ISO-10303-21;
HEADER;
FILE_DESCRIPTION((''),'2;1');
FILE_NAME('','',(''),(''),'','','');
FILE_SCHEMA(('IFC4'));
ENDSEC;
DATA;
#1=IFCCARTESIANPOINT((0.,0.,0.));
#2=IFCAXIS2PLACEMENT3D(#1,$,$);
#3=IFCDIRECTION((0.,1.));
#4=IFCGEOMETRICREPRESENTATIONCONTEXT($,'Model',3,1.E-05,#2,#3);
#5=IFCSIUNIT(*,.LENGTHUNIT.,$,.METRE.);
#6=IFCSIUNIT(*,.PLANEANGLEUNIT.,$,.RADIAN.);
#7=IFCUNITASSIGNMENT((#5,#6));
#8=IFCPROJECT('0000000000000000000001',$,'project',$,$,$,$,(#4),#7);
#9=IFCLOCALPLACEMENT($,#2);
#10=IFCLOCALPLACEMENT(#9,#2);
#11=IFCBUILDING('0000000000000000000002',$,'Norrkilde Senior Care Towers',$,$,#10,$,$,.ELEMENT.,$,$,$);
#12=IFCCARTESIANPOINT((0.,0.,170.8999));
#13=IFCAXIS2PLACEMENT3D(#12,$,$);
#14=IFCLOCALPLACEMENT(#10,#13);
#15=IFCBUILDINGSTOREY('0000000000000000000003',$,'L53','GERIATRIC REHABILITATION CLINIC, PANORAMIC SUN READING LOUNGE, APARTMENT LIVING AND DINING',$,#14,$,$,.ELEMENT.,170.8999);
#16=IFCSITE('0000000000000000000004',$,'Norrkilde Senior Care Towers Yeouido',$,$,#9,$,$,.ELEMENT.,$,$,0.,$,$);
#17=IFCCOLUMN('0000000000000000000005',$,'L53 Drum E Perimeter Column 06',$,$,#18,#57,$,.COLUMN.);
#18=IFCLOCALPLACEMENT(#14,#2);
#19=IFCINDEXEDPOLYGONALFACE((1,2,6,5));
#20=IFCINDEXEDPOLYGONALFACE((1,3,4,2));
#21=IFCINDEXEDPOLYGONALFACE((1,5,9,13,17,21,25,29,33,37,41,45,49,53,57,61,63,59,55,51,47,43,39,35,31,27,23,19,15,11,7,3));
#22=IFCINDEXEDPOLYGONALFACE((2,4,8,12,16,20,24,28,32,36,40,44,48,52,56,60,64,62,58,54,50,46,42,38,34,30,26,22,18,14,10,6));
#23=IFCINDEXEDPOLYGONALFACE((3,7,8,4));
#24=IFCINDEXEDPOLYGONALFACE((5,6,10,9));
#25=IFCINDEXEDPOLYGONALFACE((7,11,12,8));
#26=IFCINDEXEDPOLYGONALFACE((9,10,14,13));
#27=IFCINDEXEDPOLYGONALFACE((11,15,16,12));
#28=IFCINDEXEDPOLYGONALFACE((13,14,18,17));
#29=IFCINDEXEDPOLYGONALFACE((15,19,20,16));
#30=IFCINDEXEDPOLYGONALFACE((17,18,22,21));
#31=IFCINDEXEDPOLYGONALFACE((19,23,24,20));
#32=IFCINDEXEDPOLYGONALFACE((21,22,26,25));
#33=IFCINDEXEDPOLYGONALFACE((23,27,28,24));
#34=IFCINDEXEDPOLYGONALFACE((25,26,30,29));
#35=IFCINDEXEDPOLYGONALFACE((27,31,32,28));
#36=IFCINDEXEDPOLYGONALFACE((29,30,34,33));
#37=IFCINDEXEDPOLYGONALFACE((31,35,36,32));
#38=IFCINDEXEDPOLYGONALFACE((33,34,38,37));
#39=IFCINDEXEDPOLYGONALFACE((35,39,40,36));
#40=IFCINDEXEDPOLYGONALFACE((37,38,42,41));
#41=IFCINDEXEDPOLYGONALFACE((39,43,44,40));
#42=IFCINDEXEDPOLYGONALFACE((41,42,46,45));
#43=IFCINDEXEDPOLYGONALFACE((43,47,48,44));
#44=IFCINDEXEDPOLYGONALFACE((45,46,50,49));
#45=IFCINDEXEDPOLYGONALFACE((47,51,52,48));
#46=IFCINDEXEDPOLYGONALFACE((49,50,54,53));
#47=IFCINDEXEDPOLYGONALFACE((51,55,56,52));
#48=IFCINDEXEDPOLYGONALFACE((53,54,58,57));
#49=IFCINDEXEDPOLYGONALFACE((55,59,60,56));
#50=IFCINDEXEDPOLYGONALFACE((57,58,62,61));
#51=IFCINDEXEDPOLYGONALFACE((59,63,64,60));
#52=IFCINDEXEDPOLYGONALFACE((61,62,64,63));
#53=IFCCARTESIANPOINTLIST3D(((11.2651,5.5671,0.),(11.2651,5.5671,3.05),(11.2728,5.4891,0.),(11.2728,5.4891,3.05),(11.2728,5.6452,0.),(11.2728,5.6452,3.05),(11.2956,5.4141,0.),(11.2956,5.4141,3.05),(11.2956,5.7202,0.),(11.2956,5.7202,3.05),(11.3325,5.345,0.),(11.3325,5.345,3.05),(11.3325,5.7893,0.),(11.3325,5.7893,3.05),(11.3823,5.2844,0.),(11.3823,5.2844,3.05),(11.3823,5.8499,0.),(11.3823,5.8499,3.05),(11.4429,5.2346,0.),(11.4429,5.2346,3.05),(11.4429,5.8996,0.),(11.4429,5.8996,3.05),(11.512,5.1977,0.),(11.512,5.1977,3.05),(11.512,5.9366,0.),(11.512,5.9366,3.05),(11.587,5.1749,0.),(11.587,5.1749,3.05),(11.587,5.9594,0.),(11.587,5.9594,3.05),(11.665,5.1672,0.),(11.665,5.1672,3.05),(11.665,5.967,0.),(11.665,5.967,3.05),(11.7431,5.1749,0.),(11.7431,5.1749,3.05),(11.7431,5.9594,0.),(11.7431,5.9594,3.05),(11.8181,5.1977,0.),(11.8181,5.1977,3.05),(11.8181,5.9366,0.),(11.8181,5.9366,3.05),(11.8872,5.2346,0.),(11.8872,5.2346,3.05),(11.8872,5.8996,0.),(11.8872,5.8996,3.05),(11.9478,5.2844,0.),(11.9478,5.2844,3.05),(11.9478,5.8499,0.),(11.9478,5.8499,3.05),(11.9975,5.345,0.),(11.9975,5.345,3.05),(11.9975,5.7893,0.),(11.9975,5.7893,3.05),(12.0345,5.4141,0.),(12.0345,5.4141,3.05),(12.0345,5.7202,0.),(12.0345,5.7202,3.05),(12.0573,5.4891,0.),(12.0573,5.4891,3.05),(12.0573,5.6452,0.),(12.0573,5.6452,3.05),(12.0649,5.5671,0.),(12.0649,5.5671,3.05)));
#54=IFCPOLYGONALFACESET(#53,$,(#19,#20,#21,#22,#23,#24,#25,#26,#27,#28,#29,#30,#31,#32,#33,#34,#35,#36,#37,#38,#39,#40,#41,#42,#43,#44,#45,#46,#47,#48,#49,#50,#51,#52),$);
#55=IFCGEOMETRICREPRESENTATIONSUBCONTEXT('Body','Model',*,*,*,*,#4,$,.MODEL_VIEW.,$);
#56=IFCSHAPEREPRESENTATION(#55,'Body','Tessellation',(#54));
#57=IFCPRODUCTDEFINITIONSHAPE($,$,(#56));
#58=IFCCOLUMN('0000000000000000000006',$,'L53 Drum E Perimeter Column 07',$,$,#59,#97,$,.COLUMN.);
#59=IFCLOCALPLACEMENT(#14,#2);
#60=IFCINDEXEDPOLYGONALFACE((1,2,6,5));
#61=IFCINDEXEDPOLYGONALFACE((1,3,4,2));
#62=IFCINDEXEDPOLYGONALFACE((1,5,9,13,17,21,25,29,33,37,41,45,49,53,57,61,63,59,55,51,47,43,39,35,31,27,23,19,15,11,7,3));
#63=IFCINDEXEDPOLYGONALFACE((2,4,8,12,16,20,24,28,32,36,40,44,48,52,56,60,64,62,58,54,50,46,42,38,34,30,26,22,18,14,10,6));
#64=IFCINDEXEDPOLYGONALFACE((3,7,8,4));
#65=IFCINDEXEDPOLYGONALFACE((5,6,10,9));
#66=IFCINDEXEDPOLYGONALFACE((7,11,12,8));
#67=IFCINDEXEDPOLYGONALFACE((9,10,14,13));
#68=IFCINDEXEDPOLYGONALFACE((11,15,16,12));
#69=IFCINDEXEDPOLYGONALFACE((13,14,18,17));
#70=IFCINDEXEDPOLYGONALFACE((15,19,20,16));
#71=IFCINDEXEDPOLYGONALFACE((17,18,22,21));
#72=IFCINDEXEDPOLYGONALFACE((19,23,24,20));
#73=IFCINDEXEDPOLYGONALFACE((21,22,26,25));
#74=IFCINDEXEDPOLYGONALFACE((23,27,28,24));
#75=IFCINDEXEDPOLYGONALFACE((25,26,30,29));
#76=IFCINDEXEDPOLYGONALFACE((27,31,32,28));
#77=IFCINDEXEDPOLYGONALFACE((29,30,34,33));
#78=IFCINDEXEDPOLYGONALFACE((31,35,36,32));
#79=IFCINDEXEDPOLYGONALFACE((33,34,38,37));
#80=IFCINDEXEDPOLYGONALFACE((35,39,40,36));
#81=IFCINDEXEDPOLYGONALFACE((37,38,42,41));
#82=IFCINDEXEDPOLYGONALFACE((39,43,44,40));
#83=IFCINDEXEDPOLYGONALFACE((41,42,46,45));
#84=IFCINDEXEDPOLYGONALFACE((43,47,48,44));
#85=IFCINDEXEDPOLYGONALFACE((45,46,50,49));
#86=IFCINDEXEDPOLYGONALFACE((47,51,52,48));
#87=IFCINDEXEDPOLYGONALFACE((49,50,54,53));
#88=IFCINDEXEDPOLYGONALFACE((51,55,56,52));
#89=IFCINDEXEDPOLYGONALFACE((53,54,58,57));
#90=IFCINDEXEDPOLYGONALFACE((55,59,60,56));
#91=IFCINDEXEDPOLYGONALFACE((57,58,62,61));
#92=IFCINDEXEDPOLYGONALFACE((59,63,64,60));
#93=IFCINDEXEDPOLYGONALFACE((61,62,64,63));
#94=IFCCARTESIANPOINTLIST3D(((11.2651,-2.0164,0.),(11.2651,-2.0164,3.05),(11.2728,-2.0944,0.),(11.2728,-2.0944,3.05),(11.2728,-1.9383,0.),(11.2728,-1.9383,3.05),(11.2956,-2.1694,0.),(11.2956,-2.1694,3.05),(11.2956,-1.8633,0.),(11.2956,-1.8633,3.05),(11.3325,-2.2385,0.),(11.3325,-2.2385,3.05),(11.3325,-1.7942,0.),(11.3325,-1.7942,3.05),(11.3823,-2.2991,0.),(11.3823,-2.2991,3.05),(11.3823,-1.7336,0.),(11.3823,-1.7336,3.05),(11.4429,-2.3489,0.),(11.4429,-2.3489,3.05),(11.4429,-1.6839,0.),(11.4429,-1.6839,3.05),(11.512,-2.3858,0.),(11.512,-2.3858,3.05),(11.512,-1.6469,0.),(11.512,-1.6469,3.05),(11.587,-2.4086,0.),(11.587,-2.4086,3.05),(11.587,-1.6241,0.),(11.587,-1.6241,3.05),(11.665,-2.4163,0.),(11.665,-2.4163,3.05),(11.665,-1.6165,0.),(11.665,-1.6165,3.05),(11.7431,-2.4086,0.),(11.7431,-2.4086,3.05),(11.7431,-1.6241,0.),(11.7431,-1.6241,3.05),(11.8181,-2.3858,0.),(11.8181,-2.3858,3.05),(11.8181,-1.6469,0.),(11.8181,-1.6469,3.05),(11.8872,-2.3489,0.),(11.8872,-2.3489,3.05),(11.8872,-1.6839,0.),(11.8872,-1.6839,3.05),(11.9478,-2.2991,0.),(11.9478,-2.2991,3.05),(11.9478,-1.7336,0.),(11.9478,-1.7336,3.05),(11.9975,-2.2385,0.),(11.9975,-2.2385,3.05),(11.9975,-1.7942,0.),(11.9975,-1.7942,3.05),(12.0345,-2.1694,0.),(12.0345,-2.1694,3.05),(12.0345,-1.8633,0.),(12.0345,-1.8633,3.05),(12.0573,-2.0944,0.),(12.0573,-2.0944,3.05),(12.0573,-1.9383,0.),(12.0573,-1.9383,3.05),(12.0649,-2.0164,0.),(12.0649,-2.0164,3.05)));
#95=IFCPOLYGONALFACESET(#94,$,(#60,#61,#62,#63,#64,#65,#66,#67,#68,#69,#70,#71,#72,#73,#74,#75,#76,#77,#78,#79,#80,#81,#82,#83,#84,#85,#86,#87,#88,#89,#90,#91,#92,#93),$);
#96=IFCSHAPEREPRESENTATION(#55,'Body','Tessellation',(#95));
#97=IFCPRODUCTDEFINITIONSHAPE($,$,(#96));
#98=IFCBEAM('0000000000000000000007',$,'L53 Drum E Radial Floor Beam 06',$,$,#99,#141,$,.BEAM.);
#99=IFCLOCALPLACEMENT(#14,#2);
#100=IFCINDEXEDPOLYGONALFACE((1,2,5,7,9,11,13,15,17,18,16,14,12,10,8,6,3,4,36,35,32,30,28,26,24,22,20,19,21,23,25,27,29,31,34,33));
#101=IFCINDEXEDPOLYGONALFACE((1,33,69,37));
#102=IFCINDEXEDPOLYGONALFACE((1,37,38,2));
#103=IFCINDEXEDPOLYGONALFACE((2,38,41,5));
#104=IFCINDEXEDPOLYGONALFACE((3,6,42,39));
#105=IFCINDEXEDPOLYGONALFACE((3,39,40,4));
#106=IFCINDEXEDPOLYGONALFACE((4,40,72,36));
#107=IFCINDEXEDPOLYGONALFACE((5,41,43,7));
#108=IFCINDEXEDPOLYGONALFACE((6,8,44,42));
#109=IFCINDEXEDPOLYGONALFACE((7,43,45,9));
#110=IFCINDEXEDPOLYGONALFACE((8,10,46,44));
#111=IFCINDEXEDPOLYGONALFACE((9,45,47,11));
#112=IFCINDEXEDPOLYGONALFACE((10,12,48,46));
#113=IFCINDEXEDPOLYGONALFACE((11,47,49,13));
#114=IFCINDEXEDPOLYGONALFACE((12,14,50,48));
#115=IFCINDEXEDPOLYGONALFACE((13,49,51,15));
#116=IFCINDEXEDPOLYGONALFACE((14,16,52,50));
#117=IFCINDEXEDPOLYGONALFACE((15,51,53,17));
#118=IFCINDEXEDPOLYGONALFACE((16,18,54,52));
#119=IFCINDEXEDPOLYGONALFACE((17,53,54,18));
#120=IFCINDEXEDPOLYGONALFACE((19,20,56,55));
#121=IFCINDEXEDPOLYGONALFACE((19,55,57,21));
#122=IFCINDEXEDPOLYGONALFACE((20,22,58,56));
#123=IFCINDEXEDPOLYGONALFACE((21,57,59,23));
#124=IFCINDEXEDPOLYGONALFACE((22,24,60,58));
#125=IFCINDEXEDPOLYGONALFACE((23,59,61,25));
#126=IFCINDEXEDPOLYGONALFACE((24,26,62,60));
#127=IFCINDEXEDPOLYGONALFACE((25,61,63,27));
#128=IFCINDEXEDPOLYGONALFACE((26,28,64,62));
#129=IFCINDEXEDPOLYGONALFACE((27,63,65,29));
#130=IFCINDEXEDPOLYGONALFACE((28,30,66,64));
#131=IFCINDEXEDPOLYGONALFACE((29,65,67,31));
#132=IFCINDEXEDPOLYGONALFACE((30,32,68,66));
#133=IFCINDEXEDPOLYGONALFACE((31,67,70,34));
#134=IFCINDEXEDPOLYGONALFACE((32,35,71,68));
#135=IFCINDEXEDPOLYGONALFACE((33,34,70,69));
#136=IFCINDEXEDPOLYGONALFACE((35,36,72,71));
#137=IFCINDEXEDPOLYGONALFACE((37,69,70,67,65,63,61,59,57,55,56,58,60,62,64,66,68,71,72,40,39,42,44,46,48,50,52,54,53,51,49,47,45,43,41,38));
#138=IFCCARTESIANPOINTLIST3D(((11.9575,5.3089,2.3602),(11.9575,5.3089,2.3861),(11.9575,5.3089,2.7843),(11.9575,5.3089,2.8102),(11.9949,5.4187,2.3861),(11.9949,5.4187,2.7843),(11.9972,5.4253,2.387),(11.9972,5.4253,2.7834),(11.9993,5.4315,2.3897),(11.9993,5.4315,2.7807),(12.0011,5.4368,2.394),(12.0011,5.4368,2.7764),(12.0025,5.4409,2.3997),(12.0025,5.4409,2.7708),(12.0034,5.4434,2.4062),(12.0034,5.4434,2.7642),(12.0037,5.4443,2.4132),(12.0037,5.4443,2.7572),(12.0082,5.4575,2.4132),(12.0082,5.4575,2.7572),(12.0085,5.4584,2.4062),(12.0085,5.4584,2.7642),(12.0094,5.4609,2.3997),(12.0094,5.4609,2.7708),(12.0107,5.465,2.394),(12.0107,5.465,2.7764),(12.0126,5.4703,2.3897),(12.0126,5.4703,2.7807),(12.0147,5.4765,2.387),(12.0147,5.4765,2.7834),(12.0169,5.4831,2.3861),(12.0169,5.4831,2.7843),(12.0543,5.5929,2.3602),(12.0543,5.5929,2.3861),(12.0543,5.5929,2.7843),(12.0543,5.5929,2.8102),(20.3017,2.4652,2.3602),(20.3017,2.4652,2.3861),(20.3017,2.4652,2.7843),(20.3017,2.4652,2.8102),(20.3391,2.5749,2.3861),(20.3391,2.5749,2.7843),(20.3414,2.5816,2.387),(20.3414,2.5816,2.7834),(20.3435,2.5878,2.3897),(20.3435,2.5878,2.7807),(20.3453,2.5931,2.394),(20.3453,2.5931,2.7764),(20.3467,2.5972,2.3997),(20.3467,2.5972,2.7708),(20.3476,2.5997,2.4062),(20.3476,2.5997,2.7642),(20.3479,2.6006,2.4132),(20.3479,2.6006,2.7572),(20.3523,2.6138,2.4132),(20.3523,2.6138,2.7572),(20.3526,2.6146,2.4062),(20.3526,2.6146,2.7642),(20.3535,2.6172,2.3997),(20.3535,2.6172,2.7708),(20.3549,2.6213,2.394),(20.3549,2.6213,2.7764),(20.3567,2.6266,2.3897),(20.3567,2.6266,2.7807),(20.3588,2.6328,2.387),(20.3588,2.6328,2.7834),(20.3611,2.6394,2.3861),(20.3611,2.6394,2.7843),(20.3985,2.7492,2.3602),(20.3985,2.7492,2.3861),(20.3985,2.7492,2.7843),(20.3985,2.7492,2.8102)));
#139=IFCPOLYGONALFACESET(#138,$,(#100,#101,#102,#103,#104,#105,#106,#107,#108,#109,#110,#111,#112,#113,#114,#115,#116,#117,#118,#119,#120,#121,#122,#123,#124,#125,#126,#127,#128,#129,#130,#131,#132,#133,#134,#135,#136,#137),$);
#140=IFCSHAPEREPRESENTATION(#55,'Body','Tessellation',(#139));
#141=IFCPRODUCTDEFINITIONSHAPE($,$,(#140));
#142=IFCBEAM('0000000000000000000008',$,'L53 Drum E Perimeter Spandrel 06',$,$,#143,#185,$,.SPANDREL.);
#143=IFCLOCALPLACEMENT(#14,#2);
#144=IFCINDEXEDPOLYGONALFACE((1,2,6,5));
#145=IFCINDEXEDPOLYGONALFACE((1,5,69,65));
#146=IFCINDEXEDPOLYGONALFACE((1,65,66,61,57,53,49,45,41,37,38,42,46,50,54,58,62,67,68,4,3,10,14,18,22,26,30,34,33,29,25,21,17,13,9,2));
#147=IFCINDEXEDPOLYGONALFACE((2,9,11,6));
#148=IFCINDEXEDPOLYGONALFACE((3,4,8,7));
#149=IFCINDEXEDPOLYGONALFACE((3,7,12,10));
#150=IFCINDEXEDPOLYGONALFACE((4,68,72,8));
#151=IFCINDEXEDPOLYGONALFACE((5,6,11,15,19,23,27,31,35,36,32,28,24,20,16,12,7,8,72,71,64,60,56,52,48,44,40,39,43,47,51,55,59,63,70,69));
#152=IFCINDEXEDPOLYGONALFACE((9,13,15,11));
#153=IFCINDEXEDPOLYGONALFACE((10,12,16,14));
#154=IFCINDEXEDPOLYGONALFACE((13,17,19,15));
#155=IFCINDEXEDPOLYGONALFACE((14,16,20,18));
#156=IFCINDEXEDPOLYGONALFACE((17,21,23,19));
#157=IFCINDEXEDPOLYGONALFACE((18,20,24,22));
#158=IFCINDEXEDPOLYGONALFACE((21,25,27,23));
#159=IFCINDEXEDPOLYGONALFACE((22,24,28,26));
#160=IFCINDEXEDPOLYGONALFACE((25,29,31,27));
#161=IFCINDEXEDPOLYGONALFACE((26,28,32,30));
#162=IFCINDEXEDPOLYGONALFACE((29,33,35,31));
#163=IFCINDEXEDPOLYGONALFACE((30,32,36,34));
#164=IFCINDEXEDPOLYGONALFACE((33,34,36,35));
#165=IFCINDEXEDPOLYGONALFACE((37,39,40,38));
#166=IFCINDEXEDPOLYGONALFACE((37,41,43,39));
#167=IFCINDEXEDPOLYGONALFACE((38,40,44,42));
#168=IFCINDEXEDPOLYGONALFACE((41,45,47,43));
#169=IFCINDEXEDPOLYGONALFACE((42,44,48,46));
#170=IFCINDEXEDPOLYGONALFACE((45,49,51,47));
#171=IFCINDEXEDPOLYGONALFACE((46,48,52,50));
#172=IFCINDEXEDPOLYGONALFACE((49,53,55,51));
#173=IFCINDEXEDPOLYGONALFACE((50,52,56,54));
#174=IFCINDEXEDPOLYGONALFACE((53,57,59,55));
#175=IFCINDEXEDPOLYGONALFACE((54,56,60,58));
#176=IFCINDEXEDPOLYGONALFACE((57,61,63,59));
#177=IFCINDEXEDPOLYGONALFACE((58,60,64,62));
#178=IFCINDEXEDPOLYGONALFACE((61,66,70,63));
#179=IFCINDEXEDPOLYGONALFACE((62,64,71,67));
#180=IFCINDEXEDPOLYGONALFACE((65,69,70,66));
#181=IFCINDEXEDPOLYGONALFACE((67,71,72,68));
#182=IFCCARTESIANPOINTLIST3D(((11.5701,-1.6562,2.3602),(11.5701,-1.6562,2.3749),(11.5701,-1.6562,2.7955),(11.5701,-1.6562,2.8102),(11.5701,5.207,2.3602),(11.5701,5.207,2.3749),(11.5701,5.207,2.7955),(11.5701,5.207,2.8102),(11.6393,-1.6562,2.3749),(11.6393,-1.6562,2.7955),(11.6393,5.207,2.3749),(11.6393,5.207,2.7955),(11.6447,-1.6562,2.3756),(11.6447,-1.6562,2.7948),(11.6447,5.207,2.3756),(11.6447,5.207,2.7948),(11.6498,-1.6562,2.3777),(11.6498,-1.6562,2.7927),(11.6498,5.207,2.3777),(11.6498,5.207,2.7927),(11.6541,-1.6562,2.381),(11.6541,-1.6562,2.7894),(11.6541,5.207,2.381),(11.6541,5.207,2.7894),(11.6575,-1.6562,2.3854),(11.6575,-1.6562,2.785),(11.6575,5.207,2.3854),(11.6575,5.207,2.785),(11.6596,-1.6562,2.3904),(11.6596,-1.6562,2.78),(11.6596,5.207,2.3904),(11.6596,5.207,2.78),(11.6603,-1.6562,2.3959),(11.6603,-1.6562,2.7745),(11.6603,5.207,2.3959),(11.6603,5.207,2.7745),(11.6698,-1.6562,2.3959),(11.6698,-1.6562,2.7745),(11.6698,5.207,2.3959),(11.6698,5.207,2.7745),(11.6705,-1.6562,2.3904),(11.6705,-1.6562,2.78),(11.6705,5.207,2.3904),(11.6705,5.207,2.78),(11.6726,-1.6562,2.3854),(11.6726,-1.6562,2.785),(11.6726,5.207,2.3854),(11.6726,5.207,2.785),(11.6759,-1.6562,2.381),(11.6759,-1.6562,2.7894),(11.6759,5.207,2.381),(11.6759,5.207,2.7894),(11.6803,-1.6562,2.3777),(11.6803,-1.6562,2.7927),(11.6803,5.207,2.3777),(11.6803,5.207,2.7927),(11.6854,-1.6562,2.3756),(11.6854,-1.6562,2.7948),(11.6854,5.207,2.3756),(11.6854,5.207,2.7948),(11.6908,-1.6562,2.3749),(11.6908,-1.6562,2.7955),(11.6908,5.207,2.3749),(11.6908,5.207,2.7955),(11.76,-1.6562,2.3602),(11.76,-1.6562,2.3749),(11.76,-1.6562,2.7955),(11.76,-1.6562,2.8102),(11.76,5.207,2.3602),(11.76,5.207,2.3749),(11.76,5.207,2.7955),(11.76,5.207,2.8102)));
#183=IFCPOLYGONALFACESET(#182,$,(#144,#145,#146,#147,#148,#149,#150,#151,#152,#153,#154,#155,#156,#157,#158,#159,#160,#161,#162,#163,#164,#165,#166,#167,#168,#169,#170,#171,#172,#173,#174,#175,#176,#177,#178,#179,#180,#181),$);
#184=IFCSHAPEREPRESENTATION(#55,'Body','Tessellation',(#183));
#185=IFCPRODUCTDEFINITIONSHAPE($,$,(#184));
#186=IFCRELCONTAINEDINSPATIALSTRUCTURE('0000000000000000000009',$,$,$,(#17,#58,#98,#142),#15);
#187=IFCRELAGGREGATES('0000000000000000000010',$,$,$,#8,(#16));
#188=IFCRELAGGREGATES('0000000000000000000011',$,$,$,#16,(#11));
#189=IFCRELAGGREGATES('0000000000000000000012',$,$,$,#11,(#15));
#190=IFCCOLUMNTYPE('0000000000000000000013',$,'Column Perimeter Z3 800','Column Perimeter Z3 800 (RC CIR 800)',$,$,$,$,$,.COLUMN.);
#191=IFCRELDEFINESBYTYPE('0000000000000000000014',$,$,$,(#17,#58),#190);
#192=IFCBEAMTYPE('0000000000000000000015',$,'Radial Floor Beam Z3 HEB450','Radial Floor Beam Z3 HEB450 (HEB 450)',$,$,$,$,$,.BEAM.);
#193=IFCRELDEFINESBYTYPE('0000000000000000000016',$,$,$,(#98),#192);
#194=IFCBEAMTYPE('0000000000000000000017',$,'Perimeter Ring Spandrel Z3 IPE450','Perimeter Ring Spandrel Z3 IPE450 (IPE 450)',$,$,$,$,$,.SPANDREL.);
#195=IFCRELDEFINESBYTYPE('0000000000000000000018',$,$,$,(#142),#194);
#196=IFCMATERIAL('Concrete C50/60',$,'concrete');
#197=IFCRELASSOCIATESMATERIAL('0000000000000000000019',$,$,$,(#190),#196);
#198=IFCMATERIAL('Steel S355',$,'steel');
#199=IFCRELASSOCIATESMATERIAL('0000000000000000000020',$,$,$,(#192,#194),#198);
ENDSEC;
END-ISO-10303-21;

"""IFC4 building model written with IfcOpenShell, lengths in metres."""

from ifc_helpers import new_model, si_unit, direction, frame, origin, origin_2d, place, context, subcontext, project, spatial, circle, i_section, extrude, source, transform, mapped, material, material_profile, profile_set, type_object, type_shapes, element, save


model = new_model("IFC4")

# Units and contexts
model_context = context("Model", 3, precision=1e-05, world=origin(), true_north=direction((0.0, 1.0)))
body_context = subcontext(model_context, "Body", "Model", "MODEL_VIEW")
ifc_project = project(units=[si_unit("LENGTHUNIT", "METRE"), si_unit("PLANEANGLEUNIT", "RADIAN")], contexts=[model_context])

# Site, building, storey
site_placement = place(None, origin())
site = spatial("IfcSite", under=ifc_project, at=site_placement, Name="Norrkilde Senior Care Towers Yeouido", CompositionType="ELEMENT", RefElevation=0.0)
building_placement = place(site_placement, origin())
building = spatial("IfcBuilding", under=site, at=building_placement, Name="Norrkilde Senior Care Towers", CompositionType="ELEMENT")
storey_placement = place(building_placement, frame((0.0, 0.0, 170.8999)))
storey = spatial("IfcBuildingStorey", under=building, at=storey_placement, Name="L53", Description="GERIATRIC REHABILITATION CLINIC, PANORAMIC SUN READING LOUNGE, APARTMENT LIVING AND DINING", CompositionType="ELEMENT", Elevation=170.8999)

# Columns
ifc_material_1 = material(Name="Concrete C50/60", Category="concrete")
ifc_material_profile_1 = material_profile(ifc_material_1, circle(Radius=0.3999, at=origin_2d()), Name="RC CIR 800")
ifc_profile_set_1 = profile_set([ifc_material_profile_1], Name="Concrete C50/60")
column_type = type_object("IfcColumnType", Name="Column Perimeter Z3 800", Description="Column Perimeter Z3 800 (RC CIR 800)", PredefinedType="COLUMN", material=ifc_profile_set_1)
shared_shape_1 = source(origin(), body_context, "Body", "SweptSolid", [
    extrude(circle(Radius=0.3999, at=origin_2d()), origin(), (0.0, 0.0, 1.0), 3.05),
])
type_shapes(column_type, [shared_shape_1])
for number, where, z_axis, x_axis, name in (
    (1, (11.665, 5.5671, 0.0), (0.0, 0.0, 1.0), (1.0, 0.0, 0.0), "L53 Drum E Perimeter Column 06"),
    (2, (11.665, -2.0164, 0.0), (0.0, 0.0, 1.0), (1.0, 0.0, 0.0), "L53 Drum E Perimeter Column 07"),
):
    element("IfcColumn", number, at=place(storey_placement, frame(where, z_axis=z_axis, x_axis=x_axis)), inside=storey, type_object=column_type, Name=name, PredefinedType="COLUMN", context=body_context, shape_type="MappedRepresentation", body=[
        mapped(shared_shape_1, transform((0.0, 0.0, 0.0), x_axis=(1.0, 0.0, 0.0), y_axis=(0.0, 1.0, 0.0), z_axis=(0.0, 0.0, 1.0), scale=1.0)),
    ])

# Beams
ifc_material_2 = material(Name="Steel S355", Category="steel")
ifc_material_profile_2 = material_profile(ifc_material_2, i_section(OverallWidth=0.3, OverallDepth=0.45, WebThickness=0.0139, FlangeThickness=0.0259, FilletRadius=0.0271, at=origin_2d()), Name="HEB 450")
ifc_profile_set_2 = profile_set([ifc_material_profile_2], Name="Steel S355")
beam_type_1 = type_object("IfcBeamType", Name="Radial Floor Beam Z3 HEB450", Description="Radial Floor Beam Z3 HEB450 (HEB 450)", PredefinedType="BEAM", material=ifc_profile_set_2)
shared_shape_2 = source(origin(), body_context, "Body", "SweptSolid", [
    extrude(i_section(OverallWidth=0.3, OverallDepth=0.45, WebThickness=0.0139, FlangeThickness=0.0259, FilletRadius=0.0271, at=origin_2d()), origin(), (0.0, 0.0, 1.0), 8.8154),
])
beam_1_placement = place(storey_placement, frame((20.3501, 2.6072, 2.5852), z_axis=(-0.946541, 0.322585, 0.0), x_axis=(-0.322585, -0.946541, 0.0)))
element("IfcBeam", 3, at=beam_1_placement, inside=storey, type_object=beam_type_1, Name="L53 Drum E Radial Floor Beam 06", PredefinedType="BEAM", context=body_context, shape_type="MappedRepresentation", body=[
    mapped(shared_shape_2, transform((0.0, 0.0, 0.0), x_axis=(1.0, 0.0, 0.0), y_axis=(0.0, 1.0, 0.0), z_axis=(0.0, 0.0, 1.0), scale=1.0)),
])
ifc_material_profile_3 = material_profile(ifc_material_2, i_section(OverallWidth=0.1899, OverallDepth=0.45, WebThickness=0.0095, FlangeThickness=0.0146, FilletRadius=0.021, at=origin_2d()), Name="IPE 450")
ifc_profile_set_3 = profile_set([ifc_material_profile_3], Name="Steel S355")
beam_type_2 = type_object("IfcBeamType", Name="Perimeter Ring Spandrel Z3 IPE450", Description="Perimeter Ring Spandrel Z3 IPE450 (IPE 450)", PredefinedType="SPANDREL", material=ifc_profile_set_3)
shared_shape_3 = source(origin(), body_context, "Body", "SweptSolid", [
    extrude(i_section(OverallWidth=0.1899, OverallDepth=0.45, WebThickness=0.0095, FlangeThickness=0.0146, FilletRadius=0.021, at=origin_2d()), origin(), (0.0, 0.0, 1.0), 6.8633),
])
type_shapes(beam_type_2, [shared_shape_3])
beam_2_placement = place(storey_placement, frame((11.665, 5.207, 2.5852), z_axis=(0.0, -1.0, 0.0), x_axis=(1.0, 0.0, 0.0)))
element("IfcBeam", 4, at=beam_2_placement, inside=storey, type_object=beam_type_2, Name="L53 Drum E Perimeter Spandrel 06", PredefinedType="SPANDREL", context=body_context, shape_type="MappedRepresentation", body=[
    mapped(shared_shape_3, transform((0.0, 0.0, 0.0), x_axis=(1.0, 0.0, 0.0), y_axis=(0.0, 1.0, 0.0), z_axis=(0.0, 0.0, 1.0), scale=1.0)),
])

save(model, "model.ifc")
